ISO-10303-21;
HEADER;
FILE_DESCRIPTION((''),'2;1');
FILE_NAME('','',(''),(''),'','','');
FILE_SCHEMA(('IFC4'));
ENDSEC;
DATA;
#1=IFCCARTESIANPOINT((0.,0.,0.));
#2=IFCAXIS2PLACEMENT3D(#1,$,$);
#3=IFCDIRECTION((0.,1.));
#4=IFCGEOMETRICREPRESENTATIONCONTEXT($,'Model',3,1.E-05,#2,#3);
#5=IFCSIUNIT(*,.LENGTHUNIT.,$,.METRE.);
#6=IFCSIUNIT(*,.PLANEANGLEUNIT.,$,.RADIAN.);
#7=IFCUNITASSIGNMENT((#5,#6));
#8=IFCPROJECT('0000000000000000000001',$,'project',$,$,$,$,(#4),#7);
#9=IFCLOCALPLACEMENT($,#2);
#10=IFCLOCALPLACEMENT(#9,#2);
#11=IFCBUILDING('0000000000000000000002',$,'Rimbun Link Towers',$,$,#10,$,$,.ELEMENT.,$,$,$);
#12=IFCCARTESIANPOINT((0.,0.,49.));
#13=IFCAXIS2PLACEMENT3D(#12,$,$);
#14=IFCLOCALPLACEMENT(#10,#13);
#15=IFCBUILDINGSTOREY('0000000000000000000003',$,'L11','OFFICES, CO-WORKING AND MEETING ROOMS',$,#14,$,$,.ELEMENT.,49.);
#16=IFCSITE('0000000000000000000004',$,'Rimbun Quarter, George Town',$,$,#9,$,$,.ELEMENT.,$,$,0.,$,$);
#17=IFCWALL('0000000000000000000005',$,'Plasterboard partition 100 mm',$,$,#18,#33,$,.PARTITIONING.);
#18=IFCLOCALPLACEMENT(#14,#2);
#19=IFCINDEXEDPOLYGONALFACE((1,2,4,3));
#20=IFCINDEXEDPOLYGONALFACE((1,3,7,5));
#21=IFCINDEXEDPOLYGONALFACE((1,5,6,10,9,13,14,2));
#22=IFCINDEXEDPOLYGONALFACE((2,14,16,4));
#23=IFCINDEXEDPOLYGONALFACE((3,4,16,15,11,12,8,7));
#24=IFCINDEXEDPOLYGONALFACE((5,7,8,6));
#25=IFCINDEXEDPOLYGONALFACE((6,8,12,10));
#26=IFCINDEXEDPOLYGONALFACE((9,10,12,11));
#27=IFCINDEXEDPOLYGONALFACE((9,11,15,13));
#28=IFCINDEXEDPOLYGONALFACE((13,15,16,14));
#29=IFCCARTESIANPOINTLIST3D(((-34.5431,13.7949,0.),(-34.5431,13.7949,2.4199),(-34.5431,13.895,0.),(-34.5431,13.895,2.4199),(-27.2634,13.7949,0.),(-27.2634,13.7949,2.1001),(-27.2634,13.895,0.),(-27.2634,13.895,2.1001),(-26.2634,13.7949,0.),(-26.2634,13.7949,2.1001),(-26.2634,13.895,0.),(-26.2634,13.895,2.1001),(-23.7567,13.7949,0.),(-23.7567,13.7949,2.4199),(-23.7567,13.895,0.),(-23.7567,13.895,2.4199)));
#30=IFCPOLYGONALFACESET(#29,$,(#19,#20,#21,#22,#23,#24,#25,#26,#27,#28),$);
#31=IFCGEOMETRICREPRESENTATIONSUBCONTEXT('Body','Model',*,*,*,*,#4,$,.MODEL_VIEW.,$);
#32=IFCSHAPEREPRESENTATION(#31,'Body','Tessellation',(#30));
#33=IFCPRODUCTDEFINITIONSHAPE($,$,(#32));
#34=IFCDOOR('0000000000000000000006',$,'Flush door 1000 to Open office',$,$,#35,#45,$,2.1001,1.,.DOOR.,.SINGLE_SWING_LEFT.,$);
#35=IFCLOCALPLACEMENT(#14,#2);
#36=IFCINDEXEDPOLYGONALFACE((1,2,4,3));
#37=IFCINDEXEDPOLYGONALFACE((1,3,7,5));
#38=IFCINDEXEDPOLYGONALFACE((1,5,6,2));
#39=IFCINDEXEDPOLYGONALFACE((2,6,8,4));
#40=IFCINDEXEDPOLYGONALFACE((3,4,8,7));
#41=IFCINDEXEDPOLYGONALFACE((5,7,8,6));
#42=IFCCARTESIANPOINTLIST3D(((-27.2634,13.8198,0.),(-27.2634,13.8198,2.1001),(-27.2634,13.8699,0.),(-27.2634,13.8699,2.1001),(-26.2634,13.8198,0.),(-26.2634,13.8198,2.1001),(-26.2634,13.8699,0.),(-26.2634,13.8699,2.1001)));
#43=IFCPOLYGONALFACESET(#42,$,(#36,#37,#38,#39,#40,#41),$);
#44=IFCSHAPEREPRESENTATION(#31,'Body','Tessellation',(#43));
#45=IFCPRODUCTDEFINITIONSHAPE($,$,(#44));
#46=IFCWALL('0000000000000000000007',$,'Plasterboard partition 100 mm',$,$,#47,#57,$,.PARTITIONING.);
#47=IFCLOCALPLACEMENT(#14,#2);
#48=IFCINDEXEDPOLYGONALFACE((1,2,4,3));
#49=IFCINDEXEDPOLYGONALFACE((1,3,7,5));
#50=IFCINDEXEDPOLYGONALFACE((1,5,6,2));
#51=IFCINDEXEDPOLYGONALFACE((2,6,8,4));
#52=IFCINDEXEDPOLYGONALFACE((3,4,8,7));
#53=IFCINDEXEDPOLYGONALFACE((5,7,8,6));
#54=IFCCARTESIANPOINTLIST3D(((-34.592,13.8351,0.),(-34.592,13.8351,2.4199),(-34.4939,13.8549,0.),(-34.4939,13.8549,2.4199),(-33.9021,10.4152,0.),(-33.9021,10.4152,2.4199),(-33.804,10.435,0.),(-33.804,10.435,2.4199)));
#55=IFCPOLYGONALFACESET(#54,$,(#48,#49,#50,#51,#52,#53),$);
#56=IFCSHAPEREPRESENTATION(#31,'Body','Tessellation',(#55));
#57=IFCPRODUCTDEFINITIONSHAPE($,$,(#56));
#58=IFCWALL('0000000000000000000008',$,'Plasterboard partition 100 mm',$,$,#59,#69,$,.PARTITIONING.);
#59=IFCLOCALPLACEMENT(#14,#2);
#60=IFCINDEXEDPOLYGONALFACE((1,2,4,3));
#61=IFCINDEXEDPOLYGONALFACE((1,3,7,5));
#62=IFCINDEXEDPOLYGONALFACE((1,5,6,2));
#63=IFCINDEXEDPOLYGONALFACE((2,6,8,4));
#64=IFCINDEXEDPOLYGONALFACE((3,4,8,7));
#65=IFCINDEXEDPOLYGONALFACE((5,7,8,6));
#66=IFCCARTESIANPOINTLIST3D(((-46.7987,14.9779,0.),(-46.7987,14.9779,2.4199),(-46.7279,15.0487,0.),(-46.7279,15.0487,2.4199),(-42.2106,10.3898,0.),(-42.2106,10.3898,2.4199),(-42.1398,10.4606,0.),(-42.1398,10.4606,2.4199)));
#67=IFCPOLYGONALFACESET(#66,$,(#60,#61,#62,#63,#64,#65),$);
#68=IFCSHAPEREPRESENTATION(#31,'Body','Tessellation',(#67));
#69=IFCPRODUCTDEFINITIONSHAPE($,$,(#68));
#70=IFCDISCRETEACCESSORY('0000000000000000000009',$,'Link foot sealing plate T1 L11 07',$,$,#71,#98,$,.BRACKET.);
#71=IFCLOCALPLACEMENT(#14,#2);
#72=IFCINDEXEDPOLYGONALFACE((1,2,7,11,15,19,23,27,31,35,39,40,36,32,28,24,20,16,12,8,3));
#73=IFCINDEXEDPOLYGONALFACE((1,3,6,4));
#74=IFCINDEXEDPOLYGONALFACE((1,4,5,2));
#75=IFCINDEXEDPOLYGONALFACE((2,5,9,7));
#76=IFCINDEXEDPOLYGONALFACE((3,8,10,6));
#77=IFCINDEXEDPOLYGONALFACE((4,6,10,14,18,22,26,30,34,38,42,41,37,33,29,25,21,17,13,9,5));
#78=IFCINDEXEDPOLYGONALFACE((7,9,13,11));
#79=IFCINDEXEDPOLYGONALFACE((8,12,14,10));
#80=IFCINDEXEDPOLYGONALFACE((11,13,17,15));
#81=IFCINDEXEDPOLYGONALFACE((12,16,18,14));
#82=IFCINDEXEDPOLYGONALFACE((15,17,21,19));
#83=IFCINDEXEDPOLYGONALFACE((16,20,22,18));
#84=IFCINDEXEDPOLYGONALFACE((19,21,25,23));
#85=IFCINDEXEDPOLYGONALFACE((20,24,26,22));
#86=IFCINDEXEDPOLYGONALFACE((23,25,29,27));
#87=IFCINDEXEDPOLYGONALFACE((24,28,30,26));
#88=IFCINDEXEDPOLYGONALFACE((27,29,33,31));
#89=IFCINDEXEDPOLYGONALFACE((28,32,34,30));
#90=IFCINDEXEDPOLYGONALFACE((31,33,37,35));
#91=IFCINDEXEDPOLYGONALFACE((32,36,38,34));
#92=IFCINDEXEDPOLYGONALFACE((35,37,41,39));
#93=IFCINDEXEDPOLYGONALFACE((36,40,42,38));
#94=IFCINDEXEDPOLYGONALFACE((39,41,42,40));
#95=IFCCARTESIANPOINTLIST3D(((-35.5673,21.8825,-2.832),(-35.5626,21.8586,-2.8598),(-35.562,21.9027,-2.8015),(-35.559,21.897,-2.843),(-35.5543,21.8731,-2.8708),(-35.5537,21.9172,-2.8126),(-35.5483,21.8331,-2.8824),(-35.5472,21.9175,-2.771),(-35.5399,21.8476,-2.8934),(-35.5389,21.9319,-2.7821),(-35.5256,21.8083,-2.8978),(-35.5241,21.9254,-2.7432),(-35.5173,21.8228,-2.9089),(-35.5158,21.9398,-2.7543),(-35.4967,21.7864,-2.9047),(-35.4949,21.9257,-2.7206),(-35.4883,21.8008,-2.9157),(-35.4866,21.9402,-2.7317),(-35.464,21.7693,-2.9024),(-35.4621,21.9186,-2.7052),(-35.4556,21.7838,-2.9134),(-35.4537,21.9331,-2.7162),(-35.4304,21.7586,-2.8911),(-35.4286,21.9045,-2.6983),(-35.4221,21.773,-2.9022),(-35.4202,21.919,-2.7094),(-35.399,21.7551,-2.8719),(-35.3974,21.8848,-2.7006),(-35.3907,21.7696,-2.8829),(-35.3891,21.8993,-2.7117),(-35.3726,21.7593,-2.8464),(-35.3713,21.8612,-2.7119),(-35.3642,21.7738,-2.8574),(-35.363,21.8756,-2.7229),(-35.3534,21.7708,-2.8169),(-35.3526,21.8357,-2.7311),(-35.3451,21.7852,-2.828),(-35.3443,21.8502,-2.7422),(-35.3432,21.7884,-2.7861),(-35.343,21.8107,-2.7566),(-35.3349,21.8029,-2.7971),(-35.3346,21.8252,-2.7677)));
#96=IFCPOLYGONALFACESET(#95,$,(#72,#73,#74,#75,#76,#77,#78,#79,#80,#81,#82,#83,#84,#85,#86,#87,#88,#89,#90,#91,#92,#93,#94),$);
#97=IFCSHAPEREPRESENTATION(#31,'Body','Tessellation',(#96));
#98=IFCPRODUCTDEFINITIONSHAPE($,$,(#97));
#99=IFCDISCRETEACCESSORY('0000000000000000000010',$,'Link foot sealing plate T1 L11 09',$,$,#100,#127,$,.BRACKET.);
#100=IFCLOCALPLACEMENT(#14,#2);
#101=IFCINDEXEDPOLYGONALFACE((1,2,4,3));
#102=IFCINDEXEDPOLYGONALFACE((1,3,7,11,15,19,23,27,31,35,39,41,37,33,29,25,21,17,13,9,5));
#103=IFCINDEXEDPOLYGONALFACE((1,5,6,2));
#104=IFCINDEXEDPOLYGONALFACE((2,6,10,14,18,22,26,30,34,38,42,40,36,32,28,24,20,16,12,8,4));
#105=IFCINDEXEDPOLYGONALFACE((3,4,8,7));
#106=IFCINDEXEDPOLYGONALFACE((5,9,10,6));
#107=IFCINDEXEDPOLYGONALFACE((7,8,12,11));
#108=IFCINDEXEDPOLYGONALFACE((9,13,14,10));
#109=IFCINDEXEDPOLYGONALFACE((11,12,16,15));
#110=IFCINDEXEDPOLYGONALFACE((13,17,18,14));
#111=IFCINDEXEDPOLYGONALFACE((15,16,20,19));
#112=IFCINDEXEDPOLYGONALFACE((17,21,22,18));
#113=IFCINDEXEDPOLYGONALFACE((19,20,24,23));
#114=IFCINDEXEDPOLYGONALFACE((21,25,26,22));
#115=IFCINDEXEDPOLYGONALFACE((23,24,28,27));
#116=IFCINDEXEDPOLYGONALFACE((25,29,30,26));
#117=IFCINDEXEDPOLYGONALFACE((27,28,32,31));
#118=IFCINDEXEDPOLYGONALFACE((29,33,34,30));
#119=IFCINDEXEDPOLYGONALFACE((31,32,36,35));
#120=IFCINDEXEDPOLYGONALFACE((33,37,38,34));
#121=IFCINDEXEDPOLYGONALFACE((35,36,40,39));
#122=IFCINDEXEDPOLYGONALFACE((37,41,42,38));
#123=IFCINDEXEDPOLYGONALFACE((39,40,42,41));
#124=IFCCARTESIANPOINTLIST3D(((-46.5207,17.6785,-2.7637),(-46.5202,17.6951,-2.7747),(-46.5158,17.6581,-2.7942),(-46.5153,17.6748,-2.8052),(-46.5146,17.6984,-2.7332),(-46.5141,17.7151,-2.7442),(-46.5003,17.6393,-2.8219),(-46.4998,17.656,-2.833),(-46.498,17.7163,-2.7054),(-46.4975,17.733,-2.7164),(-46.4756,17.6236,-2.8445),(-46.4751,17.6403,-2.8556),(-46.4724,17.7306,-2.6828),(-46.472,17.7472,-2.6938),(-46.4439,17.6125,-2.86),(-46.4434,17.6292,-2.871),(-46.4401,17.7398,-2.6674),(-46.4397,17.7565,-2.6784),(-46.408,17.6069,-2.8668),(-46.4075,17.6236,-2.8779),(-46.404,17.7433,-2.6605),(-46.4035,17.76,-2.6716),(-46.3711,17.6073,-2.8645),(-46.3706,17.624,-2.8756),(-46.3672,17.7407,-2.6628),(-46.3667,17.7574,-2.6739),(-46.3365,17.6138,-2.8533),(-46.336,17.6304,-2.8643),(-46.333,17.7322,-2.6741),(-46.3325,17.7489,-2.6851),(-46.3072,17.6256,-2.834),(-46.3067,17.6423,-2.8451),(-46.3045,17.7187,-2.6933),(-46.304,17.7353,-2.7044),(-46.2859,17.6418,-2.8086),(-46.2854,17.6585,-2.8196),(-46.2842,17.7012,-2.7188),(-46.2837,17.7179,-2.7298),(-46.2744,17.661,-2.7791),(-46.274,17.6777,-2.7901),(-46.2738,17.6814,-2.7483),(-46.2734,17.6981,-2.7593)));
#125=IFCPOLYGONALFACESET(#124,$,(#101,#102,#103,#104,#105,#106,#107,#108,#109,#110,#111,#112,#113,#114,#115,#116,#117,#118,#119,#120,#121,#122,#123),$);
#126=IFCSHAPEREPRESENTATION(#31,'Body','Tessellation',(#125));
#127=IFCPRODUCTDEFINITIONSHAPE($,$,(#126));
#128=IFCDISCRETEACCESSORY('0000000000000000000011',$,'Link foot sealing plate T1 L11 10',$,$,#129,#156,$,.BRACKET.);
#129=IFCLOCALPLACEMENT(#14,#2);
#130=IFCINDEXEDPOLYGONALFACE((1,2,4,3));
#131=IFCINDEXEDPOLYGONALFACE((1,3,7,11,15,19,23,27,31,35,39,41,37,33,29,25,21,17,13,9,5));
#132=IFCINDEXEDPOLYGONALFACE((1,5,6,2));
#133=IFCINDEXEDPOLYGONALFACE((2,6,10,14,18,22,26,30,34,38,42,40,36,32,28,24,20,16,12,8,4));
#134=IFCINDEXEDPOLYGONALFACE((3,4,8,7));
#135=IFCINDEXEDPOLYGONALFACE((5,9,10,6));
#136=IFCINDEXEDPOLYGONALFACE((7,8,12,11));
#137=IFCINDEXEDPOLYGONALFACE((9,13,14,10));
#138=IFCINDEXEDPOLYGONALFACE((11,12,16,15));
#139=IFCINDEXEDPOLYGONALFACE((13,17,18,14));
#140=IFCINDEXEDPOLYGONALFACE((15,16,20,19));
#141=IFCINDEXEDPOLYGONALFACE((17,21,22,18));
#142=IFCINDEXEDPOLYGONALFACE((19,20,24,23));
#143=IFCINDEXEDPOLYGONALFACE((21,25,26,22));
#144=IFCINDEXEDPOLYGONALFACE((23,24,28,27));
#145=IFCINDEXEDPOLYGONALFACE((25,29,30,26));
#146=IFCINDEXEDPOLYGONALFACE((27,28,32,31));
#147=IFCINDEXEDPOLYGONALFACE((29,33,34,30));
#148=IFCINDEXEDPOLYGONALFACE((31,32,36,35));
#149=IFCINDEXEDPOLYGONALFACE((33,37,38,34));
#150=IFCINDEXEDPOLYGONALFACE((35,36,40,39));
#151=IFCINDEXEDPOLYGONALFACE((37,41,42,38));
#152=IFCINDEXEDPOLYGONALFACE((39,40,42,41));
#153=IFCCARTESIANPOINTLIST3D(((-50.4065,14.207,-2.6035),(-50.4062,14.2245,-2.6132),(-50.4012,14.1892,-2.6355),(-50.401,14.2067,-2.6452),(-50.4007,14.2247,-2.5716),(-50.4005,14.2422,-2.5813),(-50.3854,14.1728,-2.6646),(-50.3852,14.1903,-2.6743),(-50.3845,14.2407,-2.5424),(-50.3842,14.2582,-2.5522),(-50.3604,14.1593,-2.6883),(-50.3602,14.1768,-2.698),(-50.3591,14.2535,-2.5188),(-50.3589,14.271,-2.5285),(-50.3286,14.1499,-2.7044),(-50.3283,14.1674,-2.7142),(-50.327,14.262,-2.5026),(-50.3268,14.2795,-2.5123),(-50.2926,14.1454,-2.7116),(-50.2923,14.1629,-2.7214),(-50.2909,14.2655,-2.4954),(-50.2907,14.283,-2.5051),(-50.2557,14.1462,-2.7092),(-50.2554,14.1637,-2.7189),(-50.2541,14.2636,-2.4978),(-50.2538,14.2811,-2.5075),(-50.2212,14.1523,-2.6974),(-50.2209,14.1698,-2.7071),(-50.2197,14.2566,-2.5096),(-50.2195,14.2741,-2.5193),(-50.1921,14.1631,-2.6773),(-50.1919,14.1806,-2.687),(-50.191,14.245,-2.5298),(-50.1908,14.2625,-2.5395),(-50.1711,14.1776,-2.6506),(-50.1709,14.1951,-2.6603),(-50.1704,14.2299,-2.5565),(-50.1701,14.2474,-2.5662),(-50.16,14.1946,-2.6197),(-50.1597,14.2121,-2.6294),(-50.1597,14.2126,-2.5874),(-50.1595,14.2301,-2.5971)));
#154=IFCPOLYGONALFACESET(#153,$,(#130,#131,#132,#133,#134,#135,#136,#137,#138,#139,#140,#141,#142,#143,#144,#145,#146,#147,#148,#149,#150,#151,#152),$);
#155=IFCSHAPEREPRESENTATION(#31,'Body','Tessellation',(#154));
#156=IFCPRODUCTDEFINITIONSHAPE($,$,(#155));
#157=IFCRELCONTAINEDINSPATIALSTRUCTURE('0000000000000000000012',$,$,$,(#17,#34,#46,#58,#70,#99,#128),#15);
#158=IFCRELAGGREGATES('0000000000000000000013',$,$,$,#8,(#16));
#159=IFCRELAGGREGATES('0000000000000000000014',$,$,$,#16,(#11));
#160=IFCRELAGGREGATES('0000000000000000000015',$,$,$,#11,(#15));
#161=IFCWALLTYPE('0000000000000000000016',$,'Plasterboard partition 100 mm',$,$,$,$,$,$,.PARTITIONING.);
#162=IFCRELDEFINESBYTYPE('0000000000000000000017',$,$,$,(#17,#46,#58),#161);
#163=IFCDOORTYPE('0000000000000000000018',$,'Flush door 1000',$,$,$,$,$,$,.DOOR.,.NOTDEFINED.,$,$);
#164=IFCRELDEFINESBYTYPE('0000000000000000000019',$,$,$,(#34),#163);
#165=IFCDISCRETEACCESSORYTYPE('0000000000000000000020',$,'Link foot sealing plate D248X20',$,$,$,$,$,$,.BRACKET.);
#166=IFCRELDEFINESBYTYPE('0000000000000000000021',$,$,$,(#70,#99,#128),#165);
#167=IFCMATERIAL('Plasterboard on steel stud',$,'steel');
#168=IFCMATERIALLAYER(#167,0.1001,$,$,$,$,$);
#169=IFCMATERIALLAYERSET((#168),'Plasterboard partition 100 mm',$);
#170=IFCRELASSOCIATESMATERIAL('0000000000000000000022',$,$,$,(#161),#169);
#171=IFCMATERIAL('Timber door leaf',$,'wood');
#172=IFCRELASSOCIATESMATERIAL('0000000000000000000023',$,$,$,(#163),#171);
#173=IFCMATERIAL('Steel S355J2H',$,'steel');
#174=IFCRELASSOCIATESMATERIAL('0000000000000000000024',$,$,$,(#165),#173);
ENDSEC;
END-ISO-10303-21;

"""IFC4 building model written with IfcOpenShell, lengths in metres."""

from ifc_helpers import new_model, si_unit, direction, frame, frame_2d, origin, origin_2d, place, context, subcontext, project, spatial, rectangle, circle, extrude, material, layer, layer_set, material_profile, profile_set, type_object, element, fill, save


model = new_model("IFC4")

# Units and contexts
model_context = context("Model", 3, precision=1e-05, world=origin(), true_north=direction((0.0, 1.0)))
body_context = subcontext(model_context, "Body", "Model", "MODEL_VIEW")
ifc_project = project(units=[si_unit("LENGTHUNIT", "METRE"), si_unit("PLANEANGLEUNIT", "RADIAN")], contexts=[model_context])

# Site, building, storey
site_placement = place(None, origin())
site = spatial("IfcSite", under=ifc_project, at=site_placement, Name="Rimbun Quarter, George Town", CompositionType="ELEMENT", RefElevation=0.0)
building_placement = place(site_placement, origin())
building = spatial("IfcBuilding", under=site, at=building_placement, Name="Rimbun Link Towers", CompositionType="ELEMENT")
storey_placement = place(building_placement, frame((0.0, 0.0, 49.0)))
storey = spatial("IfcBuildingStorey", under=building, at=storey_placement, Name="L11", Description="OFFICES, CO-WORKING AND MEETING ROOMS", CompositionType="ELEMENT", Elevation=49.0)

# Wall, opening, door
ifc_material_1 = material(Name="Plasterboard on steel stud", Category="steel")
ifc_layer_1 = layer(ifc_material_1, 0.1001)
ifc_layer_set_1 = layer_set([ifc_layer_1], Name="Plasterboard partition 100 mm")
wall_type = type_object("IfcWallType", Name="Plasterboard partition 100 mm", PredefinedType="PARTITIONING", material=ifc_layer_set_1)
wall_1_placement = place(storey_placement, frame((-34.543, 13.845, 0.0), z_axis=(0.0, 0.0, 1.0), x_axis=(1.0, 0.0, 0.0)))
wall_1 = element("IfcWall", 1, at=wall_1_placement, inside=storey, type_object=wall_type, Name="Plasterboard partition 100 mm", PredefinedType="PARTITIONING", context=body_context, shape_type="SweptSolid", body=[
    extrude(rectangle(XDim=10.7864, YDim=0.1001, at=frame_2d((5.3931, 0.0))), origin(), (0.0, 0.0, 1.0), 2.4199),
])
opening_placement = place(wall_1_placement, frame((7.2795, 0.0, 0.0)))
opening = element("IfcOpeningElement", 2, at=opening_placement, cuts=wall_1, PredefinedType="OPENING", context=body_context, shape_type="SweptSolid", body=[
    extrude(rectangle(XDim=1.0, YDim=2.1001, at=frame_2d((0.5, 1.05))), frame((0.0, 0.0601, 0.0), z_axis=(0.0, -1.0, 0.0), x_axis=(1.0, 0.0, 0.0)), (0.0, 0.0, 1.0), 0.1201),
])
ifc_material_2 = material(Name="Timber door leaf", Category="wood")
door_type = type_object("IfcDoorType", Name="Flush door 1000", OperationType="NOTDEFINED", PredefinedType="DOOR", material=ifc_material_2)
door_placement = place(opening_placement, origin())
door = element("IfcDoor", 3, at=door_placement, inside=storey, type_object=door_type, Name="Flush door 1000 to Open office", OperationType="SINGLE_SWING_LEFT", OverallHeight=2.1001, OverallWidth=1.0, PredefinedType="DOOR", context=body_context, shape_type="SweptSolid", body=[
    extrude(rectangle(XDim=1.0, YDim=2.1001, at=frame_2d((0.5, 1.05))), frame((0.0, 0.0249, 0.0), z_axis=(0.0, -1.0, 0.0), x_axis=(1.0, 0.0, 0.0)), (0.0, 0.0, 1.0), 0.05),
])
fill(opening, door)

# Walls
wall_2_placement = place(storey_placement, frame((-34.543, 13.845, 0.0), z_axis=(0.0, 0.0, 1.0), x_axis=(0.197758, -0.980251, 0.0)))
element("IfcWall", 4, at=wall_2_placement, inside=storey, type_object=wall_type, Name="Plasterboard partition 100 mm", PredefinedType="PARTITIONING", context=body_context, shape_type="SweptSolid", body=[
    extrude(rectangle(XDim=3.4888, YDim=0.1001, at=frame_2d((1.7444, 0.0))), origin(), (0.0, 0.0, 1.0), 2.4199),
])
wall_3_placement = place(storey_placement, frame((-46.7632, 15.0132, 0.0), z_axis=(0.0, 0.0, 1.0), x_axis=(0.707107, -0.707107, 0.0)))
element("IfcWall", 5, at=wall_3_placement, inside=storey, type_object=wall_type, Name="Plasterboard partition 100 mm", PredefinedType="PARTITIONING", context=body_context, shape_type="SweptSolid", body=[
    extrude(rectangle(XDim=6.4885, YDim=0.1001, at=frame_2d((3.2441, 0.0))), origin(), (0.0, 0.0, 1.0), 2.4199),
])

# Discrete accessories
ifc_material_3 = material(Name="Steel S355J2H", Category="steel")
ifc_material_profile_1 = material_profile(ifc_material_3, circle(Radius=0.124, at=origin_2d()), Name="PL D248")
ifc_profile_set_1 = profile_set([ifc_material_profile_1], Name="Steel S355J2H")
discrete_accessory_type = type_object("IfcDiscreteAccessoryType", Name="Link foot sealing plate D248X20", PredefinedType="BRACKET", material=ifc_profile_set_1)
for number, where, z_axis, x_axis, name in (
    (6, (-35.4546, 21.8408, -2.8015), (0.416559, 0.722853, -0.551328), (-0.86643, 0.499299, 0.0), "Link foot sealing plate T1 L11 07"),
    (7, (-46.3967, 17.6748, -2.7637), (0.02452, 0.833681, -0.551701), (-0.999568, 0.029399, 0.0), "Link foot sealing plate T1 L11 09"),
    (8, (-50.2825, 14.2053, -2.6035), (0.01214, 0.874093, -0.485607), (-0.999904, 0.013888, 0.0), "Link foot sealing plate T1 L11 10"),
):
    element("IfcDiscreteAccessory", number, at=place(storey_placement, frame(where, z_axis=z_axis, x_axis=x_axis)), inside=storey, type_object=discrete_accessory_type, Name=name, PredefinedType="BRACKET", context=body_context, shape_type="SweptSolid", body=[
        extrude(circle(Radius=0.124, at=origin_2d()), origin(), (0.0, 0.0, 1.0), 0.02),
    ])

save(model, "model.ifc")
